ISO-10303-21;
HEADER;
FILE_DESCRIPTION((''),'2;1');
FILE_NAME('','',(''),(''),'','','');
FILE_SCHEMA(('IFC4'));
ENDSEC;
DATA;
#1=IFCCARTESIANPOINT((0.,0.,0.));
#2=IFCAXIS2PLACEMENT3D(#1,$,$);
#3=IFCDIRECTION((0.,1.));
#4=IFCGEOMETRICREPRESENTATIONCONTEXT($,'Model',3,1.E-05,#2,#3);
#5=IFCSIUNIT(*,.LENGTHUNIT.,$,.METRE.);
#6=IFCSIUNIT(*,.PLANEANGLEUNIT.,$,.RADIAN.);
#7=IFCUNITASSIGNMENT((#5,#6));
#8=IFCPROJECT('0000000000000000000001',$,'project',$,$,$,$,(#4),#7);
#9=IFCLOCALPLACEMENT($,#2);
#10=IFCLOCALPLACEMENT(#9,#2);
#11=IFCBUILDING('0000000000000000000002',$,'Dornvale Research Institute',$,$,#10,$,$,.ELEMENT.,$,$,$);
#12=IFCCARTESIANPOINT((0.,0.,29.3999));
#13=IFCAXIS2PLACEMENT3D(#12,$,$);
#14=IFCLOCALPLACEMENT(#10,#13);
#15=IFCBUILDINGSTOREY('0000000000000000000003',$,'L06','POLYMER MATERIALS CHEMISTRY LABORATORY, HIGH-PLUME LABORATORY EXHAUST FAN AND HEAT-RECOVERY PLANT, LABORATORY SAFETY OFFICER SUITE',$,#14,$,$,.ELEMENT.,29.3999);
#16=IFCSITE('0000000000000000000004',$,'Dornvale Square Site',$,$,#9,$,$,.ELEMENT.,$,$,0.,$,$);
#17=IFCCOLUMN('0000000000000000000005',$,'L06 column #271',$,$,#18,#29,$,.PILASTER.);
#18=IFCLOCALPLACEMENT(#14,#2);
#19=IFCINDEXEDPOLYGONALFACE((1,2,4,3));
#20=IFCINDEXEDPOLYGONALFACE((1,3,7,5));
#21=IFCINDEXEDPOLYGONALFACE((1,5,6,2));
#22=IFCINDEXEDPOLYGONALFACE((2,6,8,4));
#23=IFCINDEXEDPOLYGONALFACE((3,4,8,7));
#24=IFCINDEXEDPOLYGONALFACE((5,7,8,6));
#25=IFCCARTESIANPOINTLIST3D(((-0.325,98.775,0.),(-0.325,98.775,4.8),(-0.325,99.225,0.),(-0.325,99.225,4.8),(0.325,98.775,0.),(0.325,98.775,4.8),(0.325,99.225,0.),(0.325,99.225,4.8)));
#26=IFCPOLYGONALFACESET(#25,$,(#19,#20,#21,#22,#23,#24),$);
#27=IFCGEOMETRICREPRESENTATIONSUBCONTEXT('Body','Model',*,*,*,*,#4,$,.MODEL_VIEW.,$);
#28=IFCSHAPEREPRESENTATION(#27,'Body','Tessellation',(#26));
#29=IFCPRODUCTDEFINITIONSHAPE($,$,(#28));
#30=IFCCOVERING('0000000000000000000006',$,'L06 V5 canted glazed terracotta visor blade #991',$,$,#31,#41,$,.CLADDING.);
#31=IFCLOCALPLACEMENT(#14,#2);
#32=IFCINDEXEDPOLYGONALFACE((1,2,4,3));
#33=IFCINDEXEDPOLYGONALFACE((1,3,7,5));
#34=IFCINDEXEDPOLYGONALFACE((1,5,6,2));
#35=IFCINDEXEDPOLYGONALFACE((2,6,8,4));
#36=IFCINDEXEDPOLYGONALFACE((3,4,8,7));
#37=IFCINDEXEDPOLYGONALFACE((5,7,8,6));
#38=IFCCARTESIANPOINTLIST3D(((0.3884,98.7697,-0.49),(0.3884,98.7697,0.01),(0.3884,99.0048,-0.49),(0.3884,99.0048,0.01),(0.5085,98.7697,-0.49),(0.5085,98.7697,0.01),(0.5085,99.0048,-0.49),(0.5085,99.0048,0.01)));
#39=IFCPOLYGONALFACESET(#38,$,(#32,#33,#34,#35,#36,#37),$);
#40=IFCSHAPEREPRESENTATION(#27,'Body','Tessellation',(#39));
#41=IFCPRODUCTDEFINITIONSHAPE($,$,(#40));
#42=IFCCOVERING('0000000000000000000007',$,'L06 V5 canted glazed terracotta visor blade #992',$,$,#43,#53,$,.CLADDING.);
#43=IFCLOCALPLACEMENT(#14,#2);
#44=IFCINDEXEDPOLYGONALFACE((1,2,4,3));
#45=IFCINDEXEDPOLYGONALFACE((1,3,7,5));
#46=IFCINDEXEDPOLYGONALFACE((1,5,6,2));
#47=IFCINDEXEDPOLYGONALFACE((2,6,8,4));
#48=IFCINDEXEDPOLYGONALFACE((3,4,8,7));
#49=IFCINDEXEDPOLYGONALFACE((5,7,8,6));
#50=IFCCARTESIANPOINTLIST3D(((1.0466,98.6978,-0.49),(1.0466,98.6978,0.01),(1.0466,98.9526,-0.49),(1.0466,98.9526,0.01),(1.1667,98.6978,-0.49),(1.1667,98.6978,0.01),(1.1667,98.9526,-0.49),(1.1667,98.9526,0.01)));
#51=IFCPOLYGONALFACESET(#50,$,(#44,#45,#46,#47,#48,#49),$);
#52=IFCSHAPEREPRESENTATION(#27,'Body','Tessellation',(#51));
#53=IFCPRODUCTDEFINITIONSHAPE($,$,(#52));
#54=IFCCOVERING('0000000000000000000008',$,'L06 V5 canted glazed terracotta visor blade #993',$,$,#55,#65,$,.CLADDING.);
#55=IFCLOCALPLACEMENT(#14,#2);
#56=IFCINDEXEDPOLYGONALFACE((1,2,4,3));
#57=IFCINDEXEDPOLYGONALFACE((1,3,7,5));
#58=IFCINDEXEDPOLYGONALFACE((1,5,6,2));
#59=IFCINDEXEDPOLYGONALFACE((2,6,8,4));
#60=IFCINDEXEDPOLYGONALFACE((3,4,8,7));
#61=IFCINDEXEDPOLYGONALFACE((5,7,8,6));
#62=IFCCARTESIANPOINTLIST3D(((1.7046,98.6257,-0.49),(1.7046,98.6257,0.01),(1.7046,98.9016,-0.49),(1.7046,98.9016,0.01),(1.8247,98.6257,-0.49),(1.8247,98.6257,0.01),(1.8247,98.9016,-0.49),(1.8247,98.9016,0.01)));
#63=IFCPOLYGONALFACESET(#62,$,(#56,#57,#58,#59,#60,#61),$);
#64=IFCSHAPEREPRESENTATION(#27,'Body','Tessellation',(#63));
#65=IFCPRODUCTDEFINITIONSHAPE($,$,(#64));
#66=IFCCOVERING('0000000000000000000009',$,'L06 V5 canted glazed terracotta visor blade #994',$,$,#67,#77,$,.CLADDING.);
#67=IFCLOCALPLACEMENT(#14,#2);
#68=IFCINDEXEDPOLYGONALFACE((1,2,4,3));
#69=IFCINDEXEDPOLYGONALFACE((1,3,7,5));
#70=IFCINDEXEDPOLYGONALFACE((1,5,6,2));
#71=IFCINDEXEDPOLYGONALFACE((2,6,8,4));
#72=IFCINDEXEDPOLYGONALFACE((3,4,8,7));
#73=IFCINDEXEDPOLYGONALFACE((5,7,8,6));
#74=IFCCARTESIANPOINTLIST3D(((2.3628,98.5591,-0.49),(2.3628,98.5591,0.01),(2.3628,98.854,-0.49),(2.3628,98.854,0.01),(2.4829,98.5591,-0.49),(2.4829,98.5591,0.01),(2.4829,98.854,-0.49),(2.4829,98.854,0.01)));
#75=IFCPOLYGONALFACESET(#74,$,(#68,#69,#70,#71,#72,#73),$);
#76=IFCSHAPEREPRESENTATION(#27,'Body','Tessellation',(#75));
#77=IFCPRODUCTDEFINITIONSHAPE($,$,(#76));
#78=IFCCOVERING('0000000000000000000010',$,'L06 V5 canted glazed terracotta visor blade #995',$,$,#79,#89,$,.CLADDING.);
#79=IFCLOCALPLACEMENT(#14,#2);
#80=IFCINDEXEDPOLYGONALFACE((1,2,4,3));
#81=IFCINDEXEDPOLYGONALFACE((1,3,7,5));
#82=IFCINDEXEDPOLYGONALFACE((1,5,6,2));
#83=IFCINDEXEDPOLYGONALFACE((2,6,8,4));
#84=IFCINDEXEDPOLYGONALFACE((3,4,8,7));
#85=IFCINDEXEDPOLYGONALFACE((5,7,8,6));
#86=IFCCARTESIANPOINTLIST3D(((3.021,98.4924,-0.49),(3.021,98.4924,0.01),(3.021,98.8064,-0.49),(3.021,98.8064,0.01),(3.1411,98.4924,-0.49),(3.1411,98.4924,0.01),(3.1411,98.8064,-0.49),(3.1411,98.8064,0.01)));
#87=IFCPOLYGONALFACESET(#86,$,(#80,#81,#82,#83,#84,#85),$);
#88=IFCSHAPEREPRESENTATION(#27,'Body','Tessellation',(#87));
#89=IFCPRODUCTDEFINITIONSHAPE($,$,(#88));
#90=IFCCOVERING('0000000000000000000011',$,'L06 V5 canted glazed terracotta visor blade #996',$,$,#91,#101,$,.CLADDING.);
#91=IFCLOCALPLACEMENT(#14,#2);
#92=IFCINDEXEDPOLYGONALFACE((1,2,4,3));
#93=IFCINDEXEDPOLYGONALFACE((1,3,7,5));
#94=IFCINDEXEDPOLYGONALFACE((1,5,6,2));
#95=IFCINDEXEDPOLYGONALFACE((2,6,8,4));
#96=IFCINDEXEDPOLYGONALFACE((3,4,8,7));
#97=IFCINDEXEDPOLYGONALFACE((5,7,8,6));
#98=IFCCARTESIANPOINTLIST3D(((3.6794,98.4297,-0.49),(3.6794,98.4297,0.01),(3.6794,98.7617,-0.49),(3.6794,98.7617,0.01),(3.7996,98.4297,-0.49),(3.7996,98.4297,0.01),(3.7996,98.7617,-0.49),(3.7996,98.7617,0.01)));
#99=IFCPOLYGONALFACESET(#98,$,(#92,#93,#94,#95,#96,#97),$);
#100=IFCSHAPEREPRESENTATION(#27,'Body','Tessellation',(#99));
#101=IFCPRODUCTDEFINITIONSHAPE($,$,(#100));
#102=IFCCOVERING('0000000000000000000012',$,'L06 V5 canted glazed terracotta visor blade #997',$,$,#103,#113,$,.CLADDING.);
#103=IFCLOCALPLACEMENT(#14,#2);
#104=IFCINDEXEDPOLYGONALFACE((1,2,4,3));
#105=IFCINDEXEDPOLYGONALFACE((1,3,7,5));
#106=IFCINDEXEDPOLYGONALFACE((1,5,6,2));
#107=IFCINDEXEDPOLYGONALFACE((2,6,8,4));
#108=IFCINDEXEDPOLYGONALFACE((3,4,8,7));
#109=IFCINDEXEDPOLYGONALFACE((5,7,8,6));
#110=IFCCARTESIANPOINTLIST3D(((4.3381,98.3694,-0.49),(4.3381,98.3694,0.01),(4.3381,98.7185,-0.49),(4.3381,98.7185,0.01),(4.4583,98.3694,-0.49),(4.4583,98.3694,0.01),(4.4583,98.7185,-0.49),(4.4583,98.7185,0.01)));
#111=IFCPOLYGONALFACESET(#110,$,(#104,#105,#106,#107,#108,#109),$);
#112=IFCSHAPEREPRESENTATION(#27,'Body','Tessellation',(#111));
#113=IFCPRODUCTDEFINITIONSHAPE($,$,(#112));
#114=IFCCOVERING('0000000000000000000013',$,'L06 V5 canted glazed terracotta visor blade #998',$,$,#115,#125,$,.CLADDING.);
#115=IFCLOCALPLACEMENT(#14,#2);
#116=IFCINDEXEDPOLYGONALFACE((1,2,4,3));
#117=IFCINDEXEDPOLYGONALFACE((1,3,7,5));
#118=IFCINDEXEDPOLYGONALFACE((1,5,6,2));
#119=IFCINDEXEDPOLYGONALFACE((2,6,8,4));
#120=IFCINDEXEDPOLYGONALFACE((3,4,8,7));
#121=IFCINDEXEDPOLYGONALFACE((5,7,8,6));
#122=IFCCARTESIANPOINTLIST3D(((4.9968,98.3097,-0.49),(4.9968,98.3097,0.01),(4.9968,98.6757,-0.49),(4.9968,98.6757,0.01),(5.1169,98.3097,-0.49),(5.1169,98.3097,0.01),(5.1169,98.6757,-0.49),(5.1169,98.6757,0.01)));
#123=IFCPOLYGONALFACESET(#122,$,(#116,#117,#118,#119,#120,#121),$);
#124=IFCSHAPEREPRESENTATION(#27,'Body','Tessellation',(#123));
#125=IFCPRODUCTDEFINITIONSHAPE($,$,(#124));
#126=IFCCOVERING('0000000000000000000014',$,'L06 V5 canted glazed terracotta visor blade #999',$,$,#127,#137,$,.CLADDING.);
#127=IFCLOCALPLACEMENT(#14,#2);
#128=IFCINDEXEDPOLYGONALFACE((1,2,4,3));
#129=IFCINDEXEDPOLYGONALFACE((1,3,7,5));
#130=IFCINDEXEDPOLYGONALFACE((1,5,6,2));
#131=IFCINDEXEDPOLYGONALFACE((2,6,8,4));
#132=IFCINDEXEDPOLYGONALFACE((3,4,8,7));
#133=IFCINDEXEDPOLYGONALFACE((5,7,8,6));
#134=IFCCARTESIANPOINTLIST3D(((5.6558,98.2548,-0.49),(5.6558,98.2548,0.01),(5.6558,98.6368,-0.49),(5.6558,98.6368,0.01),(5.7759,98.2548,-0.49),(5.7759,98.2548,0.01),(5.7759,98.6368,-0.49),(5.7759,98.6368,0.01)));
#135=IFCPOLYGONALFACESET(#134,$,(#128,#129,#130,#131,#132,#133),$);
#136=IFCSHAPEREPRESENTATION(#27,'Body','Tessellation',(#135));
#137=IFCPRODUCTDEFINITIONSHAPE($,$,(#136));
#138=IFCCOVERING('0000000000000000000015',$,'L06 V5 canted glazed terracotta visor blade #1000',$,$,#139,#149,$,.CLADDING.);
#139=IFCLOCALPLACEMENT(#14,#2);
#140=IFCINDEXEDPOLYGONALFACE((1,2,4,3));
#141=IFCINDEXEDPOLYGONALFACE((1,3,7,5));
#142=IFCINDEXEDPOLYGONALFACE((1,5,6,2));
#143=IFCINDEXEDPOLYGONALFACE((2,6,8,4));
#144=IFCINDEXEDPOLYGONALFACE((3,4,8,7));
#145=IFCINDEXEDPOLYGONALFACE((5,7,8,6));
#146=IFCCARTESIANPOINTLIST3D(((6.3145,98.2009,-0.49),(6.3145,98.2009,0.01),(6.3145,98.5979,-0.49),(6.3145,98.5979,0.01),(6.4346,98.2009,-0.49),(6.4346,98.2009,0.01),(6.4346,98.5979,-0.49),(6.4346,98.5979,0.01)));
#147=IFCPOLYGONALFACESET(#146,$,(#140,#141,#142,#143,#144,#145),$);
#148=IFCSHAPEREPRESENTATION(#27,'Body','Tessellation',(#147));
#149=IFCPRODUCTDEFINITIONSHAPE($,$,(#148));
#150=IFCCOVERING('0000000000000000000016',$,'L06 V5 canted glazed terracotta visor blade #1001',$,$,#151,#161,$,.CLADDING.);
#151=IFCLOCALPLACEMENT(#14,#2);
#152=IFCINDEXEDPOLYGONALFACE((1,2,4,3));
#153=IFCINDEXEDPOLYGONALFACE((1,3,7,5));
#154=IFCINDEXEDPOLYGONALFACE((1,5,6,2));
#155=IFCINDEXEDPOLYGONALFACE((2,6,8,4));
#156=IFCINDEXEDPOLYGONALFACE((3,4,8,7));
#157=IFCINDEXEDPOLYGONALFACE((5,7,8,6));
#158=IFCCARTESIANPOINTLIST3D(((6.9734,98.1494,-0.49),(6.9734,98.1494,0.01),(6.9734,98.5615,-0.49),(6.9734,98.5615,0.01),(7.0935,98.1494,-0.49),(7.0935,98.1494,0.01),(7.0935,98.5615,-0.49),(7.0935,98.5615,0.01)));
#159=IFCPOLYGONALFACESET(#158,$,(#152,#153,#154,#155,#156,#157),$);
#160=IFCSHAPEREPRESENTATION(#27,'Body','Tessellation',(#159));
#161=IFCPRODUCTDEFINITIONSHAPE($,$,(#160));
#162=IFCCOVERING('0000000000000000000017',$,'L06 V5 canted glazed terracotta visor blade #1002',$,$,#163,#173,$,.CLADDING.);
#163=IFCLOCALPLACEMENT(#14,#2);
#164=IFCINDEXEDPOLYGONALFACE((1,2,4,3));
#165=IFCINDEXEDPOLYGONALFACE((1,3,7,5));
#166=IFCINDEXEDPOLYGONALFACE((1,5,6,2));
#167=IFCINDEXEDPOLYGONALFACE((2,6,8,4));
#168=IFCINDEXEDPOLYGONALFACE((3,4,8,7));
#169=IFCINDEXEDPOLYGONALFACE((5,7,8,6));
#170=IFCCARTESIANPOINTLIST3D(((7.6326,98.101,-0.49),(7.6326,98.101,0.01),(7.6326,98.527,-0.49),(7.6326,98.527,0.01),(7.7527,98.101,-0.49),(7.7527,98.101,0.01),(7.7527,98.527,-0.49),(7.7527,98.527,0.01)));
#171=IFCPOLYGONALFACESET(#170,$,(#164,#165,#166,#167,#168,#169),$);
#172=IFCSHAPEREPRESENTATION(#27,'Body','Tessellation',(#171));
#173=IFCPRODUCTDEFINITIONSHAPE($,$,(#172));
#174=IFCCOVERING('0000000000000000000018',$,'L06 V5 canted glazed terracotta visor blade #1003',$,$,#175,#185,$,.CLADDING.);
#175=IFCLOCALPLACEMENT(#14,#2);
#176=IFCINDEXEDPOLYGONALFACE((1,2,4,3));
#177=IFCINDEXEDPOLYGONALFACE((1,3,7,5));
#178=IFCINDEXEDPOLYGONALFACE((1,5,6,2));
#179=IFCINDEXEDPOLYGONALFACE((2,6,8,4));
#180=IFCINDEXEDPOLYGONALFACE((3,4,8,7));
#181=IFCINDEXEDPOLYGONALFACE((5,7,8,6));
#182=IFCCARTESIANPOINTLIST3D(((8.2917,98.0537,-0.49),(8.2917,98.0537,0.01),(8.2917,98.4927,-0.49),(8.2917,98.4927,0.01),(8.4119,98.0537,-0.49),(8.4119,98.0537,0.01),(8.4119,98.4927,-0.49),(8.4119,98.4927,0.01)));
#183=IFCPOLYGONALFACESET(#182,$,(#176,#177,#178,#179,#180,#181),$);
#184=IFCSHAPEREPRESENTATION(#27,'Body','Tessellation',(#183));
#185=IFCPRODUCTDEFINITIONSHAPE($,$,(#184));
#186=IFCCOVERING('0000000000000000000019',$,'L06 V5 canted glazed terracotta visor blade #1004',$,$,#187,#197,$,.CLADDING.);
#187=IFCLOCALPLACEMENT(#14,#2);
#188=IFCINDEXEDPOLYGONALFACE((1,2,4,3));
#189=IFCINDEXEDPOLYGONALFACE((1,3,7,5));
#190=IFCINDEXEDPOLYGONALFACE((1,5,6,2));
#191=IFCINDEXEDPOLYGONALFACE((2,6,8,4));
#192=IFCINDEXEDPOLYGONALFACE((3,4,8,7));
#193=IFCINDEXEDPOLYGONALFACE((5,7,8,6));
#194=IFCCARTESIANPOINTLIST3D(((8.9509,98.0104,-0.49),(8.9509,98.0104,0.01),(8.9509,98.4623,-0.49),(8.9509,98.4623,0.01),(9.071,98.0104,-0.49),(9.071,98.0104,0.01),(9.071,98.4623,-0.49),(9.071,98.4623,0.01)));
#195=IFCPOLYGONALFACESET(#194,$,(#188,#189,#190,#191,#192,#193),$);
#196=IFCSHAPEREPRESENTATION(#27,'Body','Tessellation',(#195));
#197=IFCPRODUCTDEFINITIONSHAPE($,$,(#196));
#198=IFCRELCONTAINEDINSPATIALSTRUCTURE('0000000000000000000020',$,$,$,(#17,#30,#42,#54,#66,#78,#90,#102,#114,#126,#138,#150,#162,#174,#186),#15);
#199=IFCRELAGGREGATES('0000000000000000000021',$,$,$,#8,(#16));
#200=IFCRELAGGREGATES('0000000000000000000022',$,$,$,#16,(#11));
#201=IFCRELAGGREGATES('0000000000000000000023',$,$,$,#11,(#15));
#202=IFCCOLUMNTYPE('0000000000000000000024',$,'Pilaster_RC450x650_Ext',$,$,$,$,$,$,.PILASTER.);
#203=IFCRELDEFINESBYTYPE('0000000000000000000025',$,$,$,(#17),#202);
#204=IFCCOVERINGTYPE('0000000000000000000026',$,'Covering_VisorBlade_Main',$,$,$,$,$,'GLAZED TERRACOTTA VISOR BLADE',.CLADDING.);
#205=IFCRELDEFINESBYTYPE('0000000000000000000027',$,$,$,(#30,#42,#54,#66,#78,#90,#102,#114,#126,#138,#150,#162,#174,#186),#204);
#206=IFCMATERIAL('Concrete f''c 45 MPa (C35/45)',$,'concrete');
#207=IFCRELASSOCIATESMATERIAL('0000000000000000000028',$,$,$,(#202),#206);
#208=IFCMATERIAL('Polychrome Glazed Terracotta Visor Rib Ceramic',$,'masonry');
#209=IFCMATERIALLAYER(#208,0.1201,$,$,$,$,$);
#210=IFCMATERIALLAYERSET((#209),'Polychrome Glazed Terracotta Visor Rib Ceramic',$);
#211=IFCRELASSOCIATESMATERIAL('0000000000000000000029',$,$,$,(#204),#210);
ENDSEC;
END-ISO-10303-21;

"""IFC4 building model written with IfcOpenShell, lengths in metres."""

from ifc_helpers import new_model, si_unit, direction, frame, origin, origin_2d, place, context, subcontext, project, spatial, rectangle, extrude, material, layer, layer_set, material_profile, profile_set, type_object, element, save


model = new_model("IFC4")

# Units and contexts
model_context = context("Model", 3, precision=1e-05, world=origin(), true_north=direction((0.0, 1.0)))
body_context = subcontext(model_context, "Body", "Model", "MODEL_VIEW")
ifc_project = project(units=[si_unit("LENGTHUNIT", "METRE"), si_unit("PLANEANGLEUNIT", "RADIAN")], contexts=[model_context])

# Site, building, storey
site_placement = place(None, origin())
site = spatial("IfcSite", under=ifc_project, at=site_placement, Name="Dornvale Square Site", CompositionType="ELEMENT", RefElevation=0.0)
building_placement = place(site_placement, origin())
building = spatial("IfcBuilding", under=site, at=building_placement, Name="Dornvale Research Institute", CompositionType="ELEMENT")
storey_placement = place(building_placement, frame((0.0, 0.0, 29.3999)))
storey = spatial("IfcBuildingStorey", under=building, at=storey_placement, Name="L06", Description="POLYMER MATERIALS CHEMISTRY LABORATORY, HIGH-PLUME LABORATORY EXHAUST FAN AND HEAT-RECOVERY PLANT, LABORATORY SAFETY OFFICER SUITE", CompositionType="ELEMENT", Elevation=29.3999)

# Column
ifc_material_1 = material(Name="Concrete f'c 45 MPa (C35/45)", Category="concrete")
ifc_material_profile = material_profile(ifc_material_1, rectangle(XDim=0.45, YDim=0.6499, at=origin_2d()), Name="RC 450x650")
ifc_profile_set = profile_set([ifc_material_profile], Name="Concrete f'c 45 MPa (C35/45)")
column_type = type_object("IfcColumnType", Name="Pilaster_RC450x650_Ext", PredefinedType="PILASTER", material=ifc_profile_set)
column_placement = place(storey_placement, frame((0.0, 99.0, 0.0), z_axis=(0.0, 0.0, 1.0), x_axis=(0.0, 1.0, 0.0)))
element("IfcColumn", 1, at=column_placement, inside=storey, type_object=column_type, Name="L06 column #271", PredefinedType="PILASTER", context=body_context, shape_type="SweptSolid", body=[
    extrude(rectangle(XDim=0.45, YDim=0.6499, at=origin_2d()), origin(), (0.0, 0.0, 1.0), 4.8),
])

# Coverings
ifc_material_2 = material(Name="Polychrome Glazed Terracotta Visor Rib Ceramic", Category="masonry")
ifc_layer = layer(ifc_material_2, 0.1201)
ifc_layer_set = layer_set([ifc_layer], Name="Polychrome Glazed Terracotta Visor Rib Ceramic")
covering_type = type_object("IfcCoveringType", Name="Covering_VisorBlade_Main", ElementType="GLAZED TERRACOTTA VISOR BLADE", PredefinedType="CLADDING", material=ifc_layer_set)
covering_1_placement = place(storey_placement, frame((0.4485, 98.8872, -0.49), z_axis=(0.0, 0.0, 1.0), x_axis=(0.0, 1.0, 0.0)))
element("IfcCovering", 2, at=covering_1_placement, inside=storey, type_object=covering_type, Name="L06 V5 canted glazed terracotta visor blade #991", PredefinedType="CLADDING", context=body_context, shape_type="SweptSolid", body=[
    extrude(rectangle(XDim=0.2351, YDim=0.1201, at=origin_2d()), origin(), (0.0, 0.0, 1.0), 0.5),
])
covering_2_placement = place(storey_placement, frame((1.1067, 98.8252, -0.49), z_axis=(0.0, 0.0, 1.0), x_axis=(0.0, 1.0, 0.0)))
element("IfcCovering", 3, at=covering_2_placement, inside=storey, type_object=covering_type, Name="L06 V5 canted glazed terracotta visor blade #992", PredefinedType="CLADDING", context=body_context, shape_type="SweptSolid", body=[
    extrude(rectangle(XDim=0.2549, YDim=0.1201, at=origin_2d()), origin(), (0.0, 0.0, 1.0), 0.5),
])
covering_3_placement = place(storey_placement, frame((1.7646, 98.7637, -0.49), z_axis=(0.0, 0.0, 1.0), x_axis=(0.0, 1.0, 0.0)))
element("IfcCovering", 4, at=covering_3_placement, inside=storey, type_object=covering_type, Name="L06 V5 canted glazed terracotta visor blade #993", PredefinedType="CLADDING", context=body_context, shape_type="SweptSolid", body=[
    extrude(rectangle(XDim=0.2759, YDim=0.1201, at=origin_2d()), origin(), (0.0, 0.0, 1.0), 0.5),
])
covering_4_placement = place(storey_placement, frame((2.4229, 98.7065, -0.49), z_axis=(0.0, 0.0, 1.0), x_axis=(0.0, 1.0, 0.0)))
element("IfcCovering", 5, at=covering_4_placement, inside=storey, type_object=covering_type, Name="L06 V5 canted glazed terracotta visor blade #994", PredefinedType="CLADDING", context=body_context, shape_type="SweptSolid", body=[
    extrude(rectangle(XDim=0.2949, YDim=0.1201, at=origin_2d()), origin(), (0.0, 0.0, 1.0), 0.5),
])
covering_5_placement = place(storey_placement, frame((3.0811, 98.6494, -0.49), z_axis=(0.0, 0.0, 1.0), x_axis=(0.0, 1.0, 0.0)))
element("IfcCovering", 6, at=covering_5_placement, inside=storey, type_object=covering_type, Name="L06 V5 canted glazed terracotta visor blade #995", PredefinedType="CLADDING", context=body_context, shape_type="SweptSolid", body=[
    extrude(rectangle(XDim=0.314, YDim=0.1201, at=origin_2d()), origin(), (0.0, 0.0, 1.0), 0.5),
])
covering_6_placement = place(storey_placement, frame((3.7395, 98.5957, -0.49), z_axis=(0.0, 0.0, 1.0), x_axis=(0.0, 1.0, 0.0)))
element("IfcCovering", 7, at=covering_6_placement, inside=storey, type_object=covering_type, Name="L06 V5 canted glazed terracotta visor blade #996", PredefinedType="CLADDING", context=body_context, shape_type="SweptSolid", body=[
    extrude(rectangle(XDim=0.332, YDim=0.1201, at=origin_2d()), origin(), (0.0, 0.0, 1.0), 0.5),
])
covering_7_placement = place(storey_placement, frame((4.3982, 98.5439, -0.49), z_axis=(0.0, 0.0, 1.0), x_axis=(0.0, 1.0, 0.0)))
element("IfcCovering", 8, at=covering_7_placement, inside=storey, type_object=covering_type, Name="L06 V5 canted glazed terracotta visor blade #997", PredefinedType="CLADDING", context=body_context, shape_type="SweptSolid", body=[
    extrude(rectangle(XDim=0.3491, YDim=0.1201, at=origin_2d()), origin(), (0.0, 0.0, 1.0), 0.5),
])
covering_8_placement = place(storey_placement, frame((5.0569, 98.4927, -0.49), z_axis=(0.0, 0.0, 1.0), x_axis=(0.0, 1.0, 0.0)))
element("IfcCovering", 9, at=covering_8_placement, inside=storey, type_object=covering_type, Name="L06 V5 canted glazed terracotta visor blade #998", PredefinedType="CLADDING", context=body_context, shape_type="SweptSolid", body=[
    extrude(rectangle(XDim=0.366, YDim=0.1201, at=origin_2d()), origin(), (0.0, 0.0, 1.0), 0.5),
])
covering_9_placement = place(storey_placement, frame((5.7158, 98.4458, -0.49), z_axis=(0.0, 0.0, 1.0), x_axis=(0.0, 1.0, 0.0)))
element("IfcCovering", 10, at=covering_9_placement, inside=storey, type_object=covering_type, Name="L06 V5 canted glazed terracotta visor blade #999", PredefinedType="CLADDING", context=body_context, shape_type="SweptSolid", body=[
    extrude(rectangle(XDim=0.3821, YDim=0.1201, at=origin_2d()), origin(), (0.0, 0.0, 1.0), 0.5),
])
covering_10_placement = place(storey_placement, frame((6.3745, 98.3994, -0.49), z_axis=(0.0, 0.0, 1.0), x_axis=(0.0, 1.0, 0.0)))
element("IfcCovering", 11, at=covering_10_placement, inside=storey, type_object=covering_type, Name="L06 V5 canted glazed terracotta visor blade #1000", PredefinedType="CLADDING", context=body_context, shape_type="SweptSolid", body=[
    extrude(rectangle(XDim=0.397, YDim=0.1201, at=origin_2d()), origin(), (0.0, 0.0, 1.0), 0.5),
])
covering_11_placement = place(storey_placement, frame((7.0334, 98.3555, -0.49), z_axis=(0.0, 0.0, 1.0), x_axis=(0.0, 1.0, 0.0)))
element("IfcCovering", 12, at=covering_11_placement, inside=storey, type_object=covering_type, Name="L06 V5 canted glazed terracotta visor blade #1001", PredefinedType="CLADDING", context=body_context, shape_type="SweptSolid", body=[
    extrude(rectangle(XDim=0.4121, YDim=0.1201, at=origin_2d()), origin(), (0.0, 0.0, 1.0), 0.5),
])
covering_12_placement = place(storey_placement, frame((7.6926, 98.314, -0.49), z_axis=(0.0, 0.0, 1.0), x_axis=(0.0, 1.0, 0.0)))
element("IfcCovering", 13, at=covering_12_placement, inside=storey, type_object=covering_type, Name="L06 V5 canted glazed terracotta visor blade #1002", PredefinedType="CLADDING", context=body_context, shape_type="SweptSolid", body=[
    extrude(rectangle(XDim=0.426, YDim=0.1201, at=origin_2d()), origin(), (0.0, 0.0, 1.0), 0.5),
])
covering_13_placement = place(storey_placement, frame((8.3518, 98.2732, -0.49), z_axis=(0.0, 0.0, 1.0), x_axis=(0.0, 1.0, 0.0)))
element("IfcCovering", 14, at=covering_13_placement, inside=storey, type_object=covering_type, Name="L06 V5 canted glazed terracotta visor blade #1003", PredefinedType="CLADDING", context=body_context, shape_type="SweptSolid", body=[
    extrude(rectangle(XDim=0.439, YDim=0.1201, at=origin_2d()), origin(), (0.0, 0.0, 1.0), 0.5),
])
covering_14_placement = place(storey_placement, frame((9.011, 98.2363, -0.49), z_axis=(0.0, 0.0, 1.0), x_axis=(0.0, 1.0, 0.0)))
element("IfcCovering", 15, at=covering_14_placement, inside=storey, type_object=covering_type, Name="L06 V5 canted glazed terracotta visor blade #1004", PredefinedType="CLADDING", context=body_context, shape_type="SweptSolid", body=[
    extrude(rectangle(XDim=0.4519, YDim=0.1201, at=origin_2d()), origin(), (0.0, 0.0, 1.0), 0.5),
])

save(model, "model.ifc")
